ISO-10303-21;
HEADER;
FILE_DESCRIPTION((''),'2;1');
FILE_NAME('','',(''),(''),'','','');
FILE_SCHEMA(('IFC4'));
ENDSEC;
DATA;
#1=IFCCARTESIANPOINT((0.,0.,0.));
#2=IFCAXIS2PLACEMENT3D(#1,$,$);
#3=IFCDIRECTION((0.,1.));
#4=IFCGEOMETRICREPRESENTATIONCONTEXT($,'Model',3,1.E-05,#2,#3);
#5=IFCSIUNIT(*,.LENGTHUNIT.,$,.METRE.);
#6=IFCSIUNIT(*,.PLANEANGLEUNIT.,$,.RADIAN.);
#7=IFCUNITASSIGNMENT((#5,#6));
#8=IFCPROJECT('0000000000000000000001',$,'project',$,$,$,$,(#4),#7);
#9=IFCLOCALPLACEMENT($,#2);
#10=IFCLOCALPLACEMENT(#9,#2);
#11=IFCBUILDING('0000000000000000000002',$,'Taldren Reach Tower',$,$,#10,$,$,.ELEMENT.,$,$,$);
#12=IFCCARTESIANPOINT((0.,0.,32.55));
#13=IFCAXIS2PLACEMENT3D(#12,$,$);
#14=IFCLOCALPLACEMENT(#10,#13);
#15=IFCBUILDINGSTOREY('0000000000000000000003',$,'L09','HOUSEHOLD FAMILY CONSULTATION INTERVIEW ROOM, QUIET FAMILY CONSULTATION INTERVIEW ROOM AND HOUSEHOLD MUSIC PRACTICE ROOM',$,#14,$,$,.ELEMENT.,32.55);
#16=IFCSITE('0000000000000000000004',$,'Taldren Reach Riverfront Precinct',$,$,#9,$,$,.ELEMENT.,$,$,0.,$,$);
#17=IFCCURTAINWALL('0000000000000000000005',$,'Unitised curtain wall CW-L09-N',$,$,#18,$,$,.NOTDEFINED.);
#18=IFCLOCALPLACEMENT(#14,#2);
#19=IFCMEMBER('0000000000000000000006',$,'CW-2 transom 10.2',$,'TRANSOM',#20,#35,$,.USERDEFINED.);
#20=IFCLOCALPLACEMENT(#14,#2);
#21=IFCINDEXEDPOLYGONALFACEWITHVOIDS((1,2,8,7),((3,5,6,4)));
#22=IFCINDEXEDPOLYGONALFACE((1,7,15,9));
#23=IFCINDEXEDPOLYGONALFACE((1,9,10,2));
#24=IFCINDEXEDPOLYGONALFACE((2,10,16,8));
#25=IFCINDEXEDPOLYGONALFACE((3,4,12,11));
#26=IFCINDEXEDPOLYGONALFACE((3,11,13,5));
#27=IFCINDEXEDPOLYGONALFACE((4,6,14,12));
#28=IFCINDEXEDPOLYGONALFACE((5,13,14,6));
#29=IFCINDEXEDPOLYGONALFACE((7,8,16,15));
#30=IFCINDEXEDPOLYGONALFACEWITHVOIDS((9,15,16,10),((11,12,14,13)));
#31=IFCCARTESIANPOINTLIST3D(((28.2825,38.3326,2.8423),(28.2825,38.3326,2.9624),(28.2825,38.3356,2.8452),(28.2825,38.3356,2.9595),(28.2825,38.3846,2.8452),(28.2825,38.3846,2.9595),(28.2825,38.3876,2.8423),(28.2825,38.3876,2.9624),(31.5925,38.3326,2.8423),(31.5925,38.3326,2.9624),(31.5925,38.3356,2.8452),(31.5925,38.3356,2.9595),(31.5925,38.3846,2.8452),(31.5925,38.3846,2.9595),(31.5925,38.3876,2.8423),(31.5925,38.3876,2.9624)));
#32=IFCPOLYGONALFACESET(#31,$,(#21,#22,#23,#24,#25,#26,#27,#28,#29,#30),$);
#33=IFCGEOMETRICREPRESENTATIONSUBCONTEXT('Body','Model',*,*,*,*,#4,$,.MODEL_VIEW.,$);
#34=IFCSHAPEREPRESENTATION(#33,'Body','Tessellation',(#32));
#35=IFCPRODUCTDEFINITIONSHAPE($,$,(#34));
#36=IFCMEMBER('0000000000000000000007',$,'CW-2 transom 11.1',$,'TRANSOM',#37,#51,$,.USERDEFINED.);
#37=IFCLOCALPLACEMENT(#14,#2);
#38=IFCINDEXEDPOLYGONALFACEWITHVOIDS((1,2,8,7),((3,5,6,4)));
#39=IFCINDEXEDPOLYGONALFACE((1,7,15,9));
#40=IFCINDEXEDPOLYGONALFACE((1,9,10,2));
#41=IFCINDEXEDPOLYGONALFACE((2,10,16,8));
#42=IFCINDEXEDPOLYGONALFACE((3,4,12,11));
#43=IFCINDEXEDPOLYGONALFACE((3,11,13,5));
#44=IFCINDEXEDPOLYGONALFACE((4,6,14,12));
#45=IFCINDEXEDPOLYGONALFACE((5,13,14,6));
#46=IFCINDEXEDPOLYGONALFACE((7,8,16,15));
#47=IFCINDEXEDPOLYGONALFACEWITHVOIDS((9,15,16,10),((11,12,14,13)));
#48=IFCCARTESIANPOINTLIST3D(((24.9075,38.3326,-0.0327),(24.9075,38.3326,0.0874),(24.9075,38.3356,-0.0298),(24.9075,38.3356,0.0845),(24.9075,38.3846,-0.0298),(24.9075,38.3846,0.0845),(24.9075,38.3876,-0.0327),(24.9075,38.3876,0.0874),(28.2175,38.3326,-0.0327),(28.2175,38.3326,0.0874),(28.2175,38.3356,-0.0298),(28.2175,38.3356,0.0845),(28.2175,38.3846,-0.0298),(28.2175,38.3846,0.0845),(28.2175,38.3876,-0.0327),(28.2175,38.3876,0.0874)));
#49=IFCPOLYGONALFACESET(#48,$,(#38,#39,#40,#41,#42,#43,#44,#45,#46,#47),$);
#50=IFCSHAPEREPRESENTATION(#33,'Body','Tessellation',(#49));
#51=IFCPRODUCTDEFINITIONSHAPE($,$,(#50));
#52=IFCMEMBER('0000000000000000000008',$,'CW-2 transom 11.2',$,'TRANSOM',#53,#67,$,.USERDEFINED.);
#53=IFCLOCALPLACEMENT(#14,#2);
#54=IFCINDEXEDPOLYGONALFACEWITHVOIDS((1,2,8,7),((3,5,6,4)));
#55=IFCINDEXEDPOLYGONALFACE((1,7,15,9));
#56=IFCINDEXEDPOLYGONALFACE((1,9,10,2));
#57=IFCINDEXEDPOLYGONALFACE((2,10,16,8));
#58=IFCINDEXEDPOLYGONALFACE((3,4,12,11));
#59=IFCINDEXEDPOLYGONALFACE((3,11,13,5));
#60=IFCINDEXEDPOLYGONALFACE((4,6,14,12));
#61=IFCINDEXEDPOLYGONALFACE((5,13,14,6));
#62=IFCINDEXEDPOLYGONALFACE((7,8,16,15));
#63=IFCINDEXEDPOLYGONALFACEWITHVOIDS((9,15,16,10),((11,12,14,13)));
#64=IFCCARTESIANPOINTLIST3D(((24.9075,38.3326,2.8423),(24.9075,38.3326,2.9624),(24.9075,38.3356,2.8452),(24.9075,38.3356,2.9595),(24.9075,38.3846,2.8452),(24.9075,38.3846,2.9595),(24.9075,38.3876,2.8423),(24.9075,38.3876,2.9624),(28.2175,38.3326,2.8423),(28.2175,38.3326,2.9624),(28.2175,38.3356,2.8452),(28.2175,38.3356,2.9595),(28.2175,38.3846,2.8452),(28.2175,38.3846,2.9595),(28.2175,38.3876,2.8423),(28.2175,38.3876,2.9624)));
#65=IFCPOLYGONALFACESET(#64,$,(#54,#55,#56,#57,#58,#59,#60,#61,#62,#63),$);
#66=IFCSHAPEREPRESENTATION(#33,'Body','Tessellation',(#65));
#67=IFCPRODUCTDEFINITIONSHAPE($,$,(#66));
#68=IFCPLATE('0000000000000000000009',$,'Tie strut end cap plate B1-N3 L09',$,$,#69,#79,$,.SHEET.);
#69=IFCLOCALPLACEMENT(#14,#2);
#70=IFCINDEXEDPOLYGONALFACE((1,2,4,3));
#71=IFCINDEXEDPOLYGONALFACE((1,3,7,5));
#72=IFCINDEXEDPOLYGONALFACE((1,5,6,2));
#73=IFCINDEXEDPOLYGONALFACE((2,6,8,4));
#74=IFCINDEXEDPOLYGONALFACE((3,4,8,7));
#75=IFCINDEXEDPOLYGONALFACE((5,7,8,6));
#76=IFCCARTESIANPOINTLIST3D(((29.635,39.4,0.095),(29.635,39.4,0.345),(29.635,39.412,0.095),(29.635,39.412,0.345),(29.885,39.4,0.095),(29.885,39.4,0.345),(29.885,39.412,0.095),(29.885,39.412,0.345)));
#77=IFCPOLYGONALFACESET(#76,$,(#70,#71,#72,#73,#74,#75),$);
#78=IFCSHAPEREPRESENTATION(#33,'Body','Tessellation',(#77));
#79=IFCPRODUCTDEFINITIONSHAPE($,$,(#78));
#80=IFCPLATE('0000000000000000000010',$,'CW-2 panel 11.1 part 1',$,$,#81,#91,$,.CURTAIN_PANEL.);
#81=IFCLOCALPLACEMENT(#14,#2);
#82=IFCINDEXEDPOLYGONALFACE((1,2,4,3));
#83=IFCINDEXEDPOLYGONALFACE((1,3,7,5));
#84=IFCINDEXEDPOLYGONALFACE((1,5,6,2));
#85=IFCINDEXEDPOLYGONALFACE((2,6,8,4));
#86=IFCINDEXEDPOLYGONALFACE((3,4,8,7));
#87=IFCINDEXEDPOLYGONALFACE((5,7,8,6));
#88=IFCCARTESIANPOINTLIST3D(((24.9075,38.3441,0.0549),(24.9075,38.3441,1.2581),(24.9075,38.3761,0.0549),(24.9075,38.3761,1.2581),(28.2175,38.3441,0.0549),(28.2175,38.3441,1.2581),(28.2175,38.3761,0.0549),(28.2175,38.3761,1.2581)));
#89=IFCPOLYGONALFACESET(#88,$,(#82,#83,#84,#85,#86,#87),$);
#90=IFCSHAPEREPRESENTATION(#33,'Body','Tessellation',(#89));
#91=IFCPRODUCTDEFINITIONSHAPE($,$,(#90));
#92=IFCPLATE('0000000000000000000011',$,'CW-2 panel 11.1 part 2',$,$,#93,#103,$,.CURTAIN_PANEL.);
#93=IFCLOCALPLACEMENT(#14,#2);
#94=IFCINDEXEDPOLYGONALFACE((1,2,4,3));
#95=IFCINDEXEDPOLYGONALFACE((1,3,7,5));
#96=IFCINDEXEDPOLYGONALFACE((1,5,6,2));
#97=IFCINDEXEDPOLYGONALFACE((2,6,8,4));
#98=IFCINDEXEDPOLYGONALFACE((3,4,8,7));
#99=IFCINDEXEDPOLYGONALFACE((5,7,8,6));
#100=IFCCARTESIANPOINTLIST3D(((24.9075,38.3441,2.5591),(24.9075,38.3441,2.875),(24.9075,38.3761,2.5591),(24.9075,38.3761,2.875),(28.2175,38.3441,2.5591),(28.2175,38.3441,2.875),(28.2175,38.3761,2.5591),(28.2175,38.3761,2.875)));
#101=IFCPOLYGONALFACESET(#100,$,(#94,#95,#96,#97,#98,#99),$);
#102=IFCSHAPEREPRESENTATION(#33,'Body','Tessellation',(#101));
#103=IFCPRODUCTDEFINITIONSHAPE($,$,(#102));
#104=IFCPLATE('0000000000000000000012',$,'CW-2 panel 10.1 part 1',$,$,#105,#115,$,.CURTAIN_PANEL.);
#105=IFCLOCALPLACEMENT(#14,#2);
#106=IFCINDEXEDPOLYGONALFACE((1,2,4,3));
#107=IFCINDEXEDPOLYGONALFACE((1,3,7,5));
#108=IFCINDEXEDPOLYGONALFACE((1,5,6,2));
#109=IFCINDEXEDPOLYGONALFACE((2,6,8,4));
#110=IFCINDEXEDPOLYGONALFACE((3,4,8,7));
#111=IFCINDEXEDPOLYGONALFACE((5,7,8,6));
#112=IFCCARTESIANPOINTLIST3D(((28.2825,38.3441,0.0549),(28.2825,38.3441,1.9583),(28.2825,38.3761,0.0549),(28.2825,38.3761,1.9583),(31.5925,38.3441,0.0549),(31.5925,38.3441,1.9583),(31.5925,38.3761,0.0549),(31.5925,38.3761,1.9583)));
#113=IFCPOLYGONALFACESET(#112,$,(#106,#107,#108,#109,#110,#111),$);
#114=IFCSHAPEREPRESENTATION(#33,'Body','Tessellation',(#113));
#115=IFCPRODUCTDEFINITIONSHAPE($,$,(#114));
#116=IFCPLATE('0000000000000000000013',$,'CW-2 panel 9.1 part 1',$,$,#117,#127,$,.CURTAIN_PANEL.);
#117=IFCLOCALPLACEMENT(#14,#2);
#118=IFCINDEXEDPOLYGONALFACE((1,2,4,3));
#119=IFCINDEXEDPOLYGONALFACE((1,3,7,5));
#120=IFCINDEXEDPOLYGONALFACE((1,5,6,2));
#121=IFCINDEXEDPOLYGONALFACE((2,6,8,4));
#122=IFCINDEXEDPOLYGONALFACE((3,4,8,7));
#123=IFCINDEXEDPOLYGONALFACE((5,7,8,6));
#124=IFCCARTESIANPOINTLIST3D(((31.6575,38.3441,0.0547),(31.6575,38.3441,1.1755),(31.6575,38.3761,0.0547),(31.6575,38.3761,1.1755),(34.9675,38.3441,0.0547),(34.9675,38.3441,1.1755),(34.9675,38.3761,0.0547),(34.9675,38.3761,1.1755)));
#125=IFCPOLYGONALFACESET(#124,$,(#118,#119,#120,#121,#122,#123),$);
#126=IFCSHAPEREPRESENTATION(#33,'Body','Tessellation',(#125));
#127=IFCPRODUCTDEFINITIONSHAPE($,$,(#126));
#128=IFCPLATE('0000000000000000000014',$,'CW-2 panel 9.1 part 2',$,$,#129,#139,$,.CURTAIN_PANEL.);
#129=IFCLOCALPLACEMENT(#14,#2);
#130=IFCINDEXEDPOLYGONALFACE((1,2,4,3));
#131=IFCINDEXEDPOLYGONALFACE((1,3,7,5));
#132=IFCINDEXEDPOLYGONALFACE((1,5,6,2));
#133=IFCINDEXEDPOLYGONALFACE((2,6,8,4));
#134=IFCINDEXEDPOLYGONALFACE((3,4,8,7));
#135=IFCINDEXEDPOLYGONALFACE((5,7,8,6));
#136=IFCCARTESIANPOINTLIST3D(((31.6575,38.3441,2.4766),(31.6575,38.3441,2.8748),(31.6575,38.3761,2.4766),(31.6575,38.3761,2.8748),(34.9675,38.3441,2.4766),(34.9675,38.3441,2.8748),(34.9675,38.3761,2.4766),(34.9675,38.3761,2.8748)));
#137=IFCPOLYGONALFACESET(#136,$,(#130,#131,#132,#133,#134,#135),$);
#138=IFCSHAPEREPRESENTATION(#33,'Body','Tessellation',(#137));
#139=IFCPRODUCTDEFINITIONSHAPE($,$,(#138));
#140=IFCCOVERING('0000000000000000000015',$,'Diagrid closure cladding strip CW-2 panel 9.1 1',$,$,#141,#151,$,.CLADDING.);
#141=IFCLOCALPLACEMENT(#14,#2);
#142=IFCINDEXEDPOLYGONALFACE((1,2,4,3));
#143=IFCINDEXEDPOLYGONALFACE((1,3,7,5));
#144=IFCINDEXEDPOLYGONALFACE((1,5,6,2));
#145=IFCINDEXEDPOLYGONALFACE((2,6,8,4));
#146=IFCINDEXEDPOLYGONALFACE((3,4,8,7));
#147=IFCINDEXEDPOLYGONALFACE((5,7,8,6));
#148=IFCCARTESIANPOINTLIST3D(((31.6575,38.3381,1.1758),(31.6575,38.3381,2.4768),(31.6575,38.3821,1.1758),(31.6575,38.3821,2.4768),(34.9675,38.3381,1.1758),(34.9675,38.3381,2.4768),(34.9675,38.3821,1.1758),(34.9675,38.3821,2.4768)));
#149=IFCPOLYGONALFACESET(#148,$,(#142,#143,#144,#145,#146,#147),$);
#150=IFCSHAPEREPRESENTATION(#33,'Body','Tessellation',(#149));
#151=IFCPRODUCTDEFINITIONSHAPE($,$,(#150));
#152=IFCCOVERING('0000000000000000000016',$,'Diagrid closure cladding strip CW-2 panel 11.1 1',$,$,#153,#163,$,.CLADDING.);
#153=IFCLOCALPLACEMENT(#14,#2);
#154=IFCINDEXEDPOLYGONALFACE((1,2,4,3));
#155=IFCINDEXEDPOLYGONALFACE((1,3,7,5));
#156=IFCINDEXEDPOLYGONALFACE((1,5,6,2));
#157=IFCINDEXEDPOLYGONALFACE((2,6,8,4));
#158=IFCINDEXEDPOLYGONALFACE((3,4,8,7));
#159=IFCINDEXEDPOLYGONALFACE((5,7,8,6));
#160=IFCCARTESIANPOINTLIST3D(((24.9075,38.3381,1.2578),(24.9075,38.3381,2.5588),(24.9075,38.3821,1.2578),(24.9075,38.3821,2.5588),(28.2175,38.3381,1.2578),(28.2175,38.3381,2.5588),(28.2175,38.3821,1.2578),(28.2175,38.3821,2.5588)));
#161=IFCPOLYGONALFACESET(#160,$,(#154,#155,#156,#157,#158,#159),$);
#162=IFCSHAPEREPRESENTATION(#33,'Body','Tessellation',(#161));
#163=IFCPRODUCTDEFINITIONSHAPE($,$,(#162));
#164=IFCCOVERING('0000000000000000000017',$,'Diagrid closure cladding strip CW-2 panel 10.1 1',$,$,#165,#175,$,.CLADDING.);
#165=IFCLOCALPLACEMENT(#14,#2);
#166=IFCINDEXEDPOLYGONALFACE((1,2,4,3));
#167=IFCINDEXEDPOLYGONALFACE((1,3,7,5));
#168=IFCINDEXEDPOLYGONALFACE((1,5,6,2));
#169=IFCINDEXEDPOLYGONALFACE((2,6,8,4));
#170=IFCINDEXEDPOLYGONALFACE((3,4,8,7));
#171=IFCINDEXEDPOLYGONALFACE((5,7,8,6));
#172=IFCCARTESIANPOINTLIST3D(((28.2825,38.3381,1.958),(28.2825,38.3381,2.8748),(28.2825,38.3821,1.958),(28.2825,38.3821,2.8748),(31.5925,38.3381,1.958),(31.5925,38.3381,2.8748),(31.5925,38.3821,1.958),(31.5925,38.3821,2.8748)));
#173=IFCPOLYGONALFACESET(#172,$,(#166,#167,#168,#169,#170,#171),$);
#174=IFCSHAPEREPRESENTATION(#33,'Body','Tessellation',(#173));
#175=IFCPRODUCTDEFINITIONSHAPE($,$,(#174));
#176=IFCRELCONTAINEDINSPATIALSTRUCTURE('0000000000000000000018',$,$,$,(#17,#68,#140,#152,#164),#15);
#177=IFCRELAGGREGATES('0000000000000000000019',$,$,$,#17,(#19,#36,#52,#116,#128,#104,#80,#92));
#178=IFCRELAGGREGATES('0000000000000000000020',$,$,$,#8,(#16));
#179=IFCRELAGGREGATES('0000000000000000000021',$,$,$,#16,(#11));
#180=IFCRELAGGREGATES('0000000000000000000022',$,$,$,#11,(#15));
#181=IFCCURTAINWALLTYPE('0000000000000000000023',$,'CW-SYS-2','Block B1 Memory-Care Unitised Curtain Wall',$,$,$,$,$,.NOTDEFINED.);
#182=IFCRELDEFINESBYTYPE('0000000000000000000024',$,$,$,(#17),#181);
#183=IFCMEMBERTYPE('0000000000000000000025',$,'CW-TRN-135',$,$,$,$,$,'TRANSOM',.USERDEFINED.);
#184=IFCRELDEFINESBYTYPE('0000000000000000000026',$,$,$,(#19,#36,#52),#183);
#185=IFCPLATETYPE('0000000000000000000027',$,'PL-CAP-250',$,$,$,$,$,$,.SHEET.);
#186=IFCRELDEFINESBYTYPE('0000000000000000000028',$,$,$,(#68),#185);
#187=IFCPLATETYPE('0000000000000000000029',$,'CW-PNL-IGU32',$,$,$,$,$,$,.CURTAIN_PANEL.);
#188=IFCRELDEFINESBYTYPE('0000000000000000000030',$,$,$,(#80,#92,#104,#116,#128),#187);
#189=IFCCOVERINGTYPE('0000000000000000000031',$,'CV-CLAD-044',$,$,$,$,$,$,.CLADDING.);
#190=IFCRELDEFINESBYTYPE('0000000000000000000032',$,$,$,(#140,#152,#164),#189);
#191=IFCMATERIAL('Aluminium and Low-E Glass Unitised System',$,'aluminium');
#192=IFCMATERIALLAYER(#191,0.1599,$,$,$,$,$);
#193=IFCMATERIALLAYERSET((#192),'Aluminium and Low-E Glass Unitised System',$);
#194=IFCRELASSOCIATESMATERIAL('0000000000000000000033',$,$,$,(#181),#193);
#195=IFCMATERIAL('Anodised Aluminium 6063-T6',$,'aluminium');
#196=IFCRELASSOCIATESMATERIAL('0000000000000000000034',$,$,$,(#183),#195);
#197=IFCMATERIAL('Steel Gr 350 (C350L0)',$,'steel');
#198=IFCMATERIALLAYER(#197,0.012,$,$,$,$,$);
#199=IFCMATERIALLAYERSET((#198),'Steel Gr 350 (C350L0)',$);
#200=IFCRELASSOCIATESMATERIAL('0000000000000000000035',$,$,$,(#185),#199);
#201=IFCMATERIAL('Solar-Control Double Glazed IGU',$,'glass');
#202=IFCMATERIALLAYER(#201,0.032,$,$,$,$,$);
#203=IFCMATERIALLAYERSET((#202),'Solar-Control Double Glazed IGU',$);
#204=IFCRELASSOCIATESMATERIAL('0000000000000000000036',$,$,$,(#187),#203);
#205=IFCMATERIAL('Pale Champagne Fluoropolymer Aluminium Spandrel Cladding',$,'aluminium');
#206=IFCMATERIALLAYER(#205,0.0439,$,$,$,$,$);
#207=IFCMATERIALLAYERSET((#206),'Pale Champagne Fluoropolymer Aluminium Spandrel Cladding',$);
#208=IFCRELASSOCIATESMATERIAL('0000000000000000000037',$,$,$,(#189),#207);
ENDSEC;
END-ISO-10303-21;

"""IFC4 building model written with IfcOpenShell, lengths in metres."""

from ifc_helpers import new_model, si_unit, direction, frame, origin, origin_2d, place, context, subcontext, project, spatial, rectangle, hollow_rectangle, extrude, source, transform, mapped, material, layer, layer_set, material_profile, profile_set, type_object, element, aggregate, save


model = new_model("IFC4")

# Units and contexts
model_context = context("Model", 3, precision=1e-05, world=origin(), true_north=direction((0.0, 1.0)))
body_context = subcontext(model_context, "Body", "Model", "MODEL_VIEW")
ifc_project = project(units=[si_unit("LENGTHUNIT", "METRE"), si_unit("PLANEANGLEUNIT", "RADIAN")], contexts=[model_context])

# Site, building, storey
site_placement = place(None, origin())
site = spatial("IfcSite", under=ifc_project, at=site_placement, Name="Taldren Reach Riverfront Precinct", CompositionType="ELEMENT", RefElevation=0.0)
building_placement = place(site_placement, origin())
building = spatial("IfcBuilding", under=site, at=building_placement, Name="Taldren Reach Tower", CompositionType="ELEMENT")
storey_placement = place(building_placement, frame((0.0, 0.0, 32.55)))
storey = spatial("IfcBuildingStorey", under=building, at=storey_placement, Name="L09", Description="HOUSEHOLD FAMILY CONSULTATION INTERVIEW ROOM, QUIET FAMILY CONSULTATION INTERVIEW ROOM AND HOUSEHOLD MUSIC PRACTICE ROOM", CompositionType="ELEMENT", Elevation=32.55)

# Shared definitions
ifc_material_1 = material(Name="Steel Gr 350 (C350L0)", Category="steel")

# Curtain wall, members
ifc_material_2 = material(Name="Aluminium and Low-E Glass Unitised System", Category="aluminium")
ifc_layer_1 = layer(ifc_material_2, 0.1599)
ifc_layer_set_1 = layer_set([ifc_layer_1], Name="Aluminium and Low-E Glass Unitised System")
curtain_wall_type = type_object("IfcCurtainWallType", Name="CW-SYS-2", Description="Block B1 Memory-Care Unitised Curtain Wall", PredefinedType="NOTDEFINED", material=ifc_layer_set_1)
curtain_wall_placement = place(storey_placement, origin())
curtain_wall = element("IfcCurtainWall", 1, at=curtain_wall_placement, inside=storey, type_object=curtain_wall_type, Name="Unitised curtain wall CW-L09-N", PredefinedType="NOTDEFINED")
ifc_material_3 = material(Name="Anodised Aluminium 6063-T6", Category="aluminium")
ifc_material_profile_1 = material_profile(ifc_material_3, hollow_rectangle(XDim=0.0549, YDim=0.1201, WallThickness=0.0029, at=origin_2d()), Name="ALU-120x55x3RHS")
ifc_profile_set_1 = profile_set([ifc_material_profile_1], Name="Anodised Aluminium 6063-T6")
member_type_1 = type_object("IfcMemberType", Name="CW-TRN-135", ElementType="TRANSOM", PredefinedType="USERDEFINED", material=ifc_profile_set_1)
shared_shape_1 = source(origin(), body_context, "Body", "SweptSolid", [
    extrude(hollow_rectangle(XDim=0.0549, YDim=0.1201, WallThickness=0.0029, at=origin_2d()), origin(), (0.0, 0.0, 1.0), 3.3101),
])
member_1_placement = place(storey_placement, frame((31.5925, 38.3601, 2.9023), z_axis=(-1.0, 0.0, 0.0), x_axis=(0.0, -1.0, 0.0)))
member_1 = element("IfcMember", 2, at=member_1_placement, type_object=member_type_1, Name="CW-2 transom 10.2", ObjectType="TRANSOM", PredefinedType="USERDEFINED", context=body_context, shape_type="MappedRepresentation", body=[
    mapped(shared_shape_1, transform((0.0, 0.0, 0.0), scale=1.0)),
])
member_2_placement = place(storey_placement, frame((28.2175, 38.3601, 0.0273), z_axis=(-1.0, 0.0, 0.0), x_axis=(0.0, -1.0, 0.0)))
member_2 = element("IfcMember", 3, at=member_2_placement, type_object=member_type_1, Name="CW-2 transom 11.1", ObjectType="TRANSOM", PredefinedType="USERDEFINED", context=body_context, shape_type="MappedRepresentation", body=[
    mapped(shared_shape_1, transform((0.0, 0.0, 0.0), scale=1.0)),
])
member_3_placement = place(storey_placement, frame((28.2175, 38.3601, 2.9023), z_axis=(-1.0, 0.0, 0.0), x_axis=(0.0, -1.0, 0.0)))
member_3 = element("IfcMember", 4, at=member_3_placement, type_object=member_type_1, Name="CW-2 transom 11.2", ObjectType="TRANSOM", PredefinedType="USERDEFINED", context=body_context, shape_type="MappedRepresentation", body=[
    mapped(shared_shape_1, transform((0.0, 0.0, 0.0), scale=1.0)),
])

# Plates
ifc_layer_2 = layer(ifc_material_1, 0.012)
ifc_layer_set_2 = layer_set([ifc_layer_2], Name="Steel Gr 350 (C350L0)")
plate_type_1 = type_object("IfcPlateType", Name="PL-CAP-250", PredefinedType="SHEET", material=ifc_layer_set_2)
shared_shape_2 = source(origin(), body_context, "Body", "SweptSolid", [
    extrude(rectangle(XDim=0.25, YDim=0.012, at=origin_2d()), origin(), (0.0, 0.0, 1.0), 0.25),
])
plate_1_placement = place(storey_placement, frame((29.76, 39.406, 0.095), z_axis=(0.0, 0.0, 1.0), x_axis=(1.0, 0.0, 0.0)))
element("IfcPlate", 5, at=plate_1_placement, inside=storey, type_object=plate_type_1, Name="Tie strut end cap plate B1-N3 L09", PredefinedType="SHEET", context=body_context, shape_type="MappedRepresentation", body=[
    mapped(shared_shape_2, transform((0.0, 0.0, 0.0), scale=1.0)),
])
ifc_material_4 = material(Name="Solar-Control Double Glazed IGU", Category="glass")
ifc_layer_3 = layer(ifc_material_4, 0.032)
ifc_layer_set_3 = layer_set([ifc_layer_3], Name="Solar-Control Double Glazed IGU")
plate_type_2 = type_object("IfcPlateType", Name="CW-PNL-IGU32", PredefinedType="CURTAIN_PANEL", material=ifc_layer_set_3)
shared_shape_3 = source(origin(), body_context, "Body", "SweptSolid", [
    extrude(rectangle(XDim=3.3101, YDim=0.032, at=origin_2d()), origin(), (0.0, 0.0, 1.0), 1.2031),
])
plate_2_placement = place(storey_placement, frame((26.5625, 38.3601, 0.0549), z_axis=(0.0, 0.0, 1.0), x_axis=(-1.0, 0.0, 0.0)))
plate_2 = element("IfcPlate", 6, at=plate_2_placement, type_object=plate_type_2, Name="CW-2 panel 11.1 part 1", PredefinedType="CURTAIN_PANEL", context=body_context, shape_type="MappedRepresentation", body=[
    mapped(shared_shape_3, transform((0.0, 0.0, 0.0), scale=1.0)),
])
shared_shape_4 = source(origin(), body_context, "Body", "SweptSolid", [
    extrude(rectangle(XDim=3.3101, YDim=0.032, at=origin_2d()), origin(), (0.0, 0.0, 1.0), 0.3159),
])
plate_3_placement = place(storey_placement, frame((26.5625, 38.3601, 2.5591), z_axis=(0.0, 0.0, 1.0), x_axis=(-1.0, 0.0, 0.0)))
plate_3 = element("IfcPlate", 7, at=plate_3_placement, type_object=plate_type_2, Name="CW-2 panel 11.1 part 2", PredefinedType="CURTAIN_PANEL", context=body_context, shape_type="MappedRepresentation", body=[
    mapped(shared_shape_4, transform((0.0, 0.0, 0.0), scale=1.0)),
])
shared_shape_5 = source(origin(), body_context, "Body", "SweptSolid", [
    extrude(rectangle(XDim=3.3101, YDim=0.032, at=origin_2d()), origin(), (0.0, 0.0, 1.0), 1.9033),
])
plate_4_placement = place(storey_placement, frame((29.9375, 38.3601, 0.0549), z_axis=(0.0, 0.0, 1.0), x_axis=(-1.0, 0.0, 0.0)))
plate_4 = element("IfcPlate", 8, at=plate_4_placement, type_object=plate_type_2, Name="CW-2 panel 10.1 part 1", PredefinedType="CURTAIN_PANEL", context=body_context, shape_type="MappedRepresentation", body=[
    mapped(shared_shape_5, transform((0.0, 0.0, 0.0), scale=1.0)),
])
shared_shape_6 = source(origin(), body_context, "Body", "SweptSolid", [
    extrude(rectangle(XDim=3.3101, YDim=0.032, at=origin_2d()), origin(), (0.0, 0.0, 1.0), 1.1208),
])
plate_5_placement = place(storey_placement, frame((33.3125, 38.3601, 0.0547), z_axis=(0.0, 0.0, 1.0), x_axis=(-1.0, 0.0, 0.0)))
plate_5 = element("IfcPlate", 9, at=plate_5_placement, type_object=plate_type_2, Name="CW-2 panel 9.1 part 1", PredefinedType="CURTAIN_PANEL", context=body_context, shape_type="MappedRepresentation", body=[
    mapped(shared_shape_6, transform((0.0, 0.0, 0.0), scale=1.0)),
])
shared_shape_7 = source(origin(), body_context, "Body", "SweptSolid", [
    extrude(rectangle(XDim=3.3101, YDim=0.032, at=origin_2d()), origin(), (0.0, 0.0, 1.0), 0.3982),
])
plate_6_placement = place(storey_placement, frame((33.3125, 38.3601, 2.4766), z_axis=(0.0, 0.0, 1.0), x_axis=(-1.0, 0.0, 0.0)))
plate_6 = element("IfcPlate", 10, at=plate_6_placement, type_object=plate_type_2, Name="CW-2 panel 9.1 part 2", PredefinedType="CURTAIN_PANEL", context=body_context, shape_type="MappedRepresentation", body=[
    mapped(shared_shape_7, transform((0.0, 0.0, 0.0), scale=1.0)),
])
aggregate(curtain_wall, [member_1, member_2, member_3, plate_5, plate_6, plate_4, plate_2, plate_3])

# Coverings
ifc_material_5 = material(Name="Pale Champagne Fluoropolymer Aluminium Spandrel Cladding", Category="aluminium")
ifc_layer_4 = layer(ifc_material_5, 0.0439)
ifc_layer_set_4 = layer_set([ifc_layer_4], Name="Pale Champagne Fluoropolymer Aluminium Spandrel Cladding")
covering_type = type_object("IfcCoveringType", Name="CV-CLAD-044", PredefinedType="CLADDING", material=ifc_layer_set_4)
shared_shape_8 = source(origin(), body_context, "Body", "SweptSolid", [
    extrude(rectangle(XDim=3.3101, YDim=0.0439, at=origin_2d()), origin(), (0.0, 0.0, 1.0), 1.301),
])
for number, where, z_axis, x_axis, name in (
    (11, (33.3125, 38.3601, 1.1758), (0.0, 0.0, 1.0), (-1.0, 0.0, 0.0), "Diagrid closure cladding strip CW-2 panel 9.1 1"),
    (12, (26.5625, 38.3601, 1.2578), (0.0, 0.0, 1.0), (-1.0, 0.0, 0.0), "Diagrid closure cladding strip CW-2 panel 11.1 1"),
):
    element("IfcCovering", number, at=place(storey_placement, frame(where, z_axis=z_axis, x_axis=x_axis)), inside=storey, type_object=covering_type, Name=name, PredefinedType="CLADDING", context=body_context, shape_type="MappedRepresentation", body=[
        mapped(shared_shape_8, transform((0.0, 0.0, 0.0), scale=1.0)),
    ])
shared_shape_9 = source(origin(), body_context, "Body", "SweptSolid", [
    extrude(rectangle(XDim=3.3101, YDim=0.0439, at=origin_2d()), origin(), (0.0, 0.0, 1.0), 0.9167),
])
covering_placement = place(storey_placement, frame((29.9375, 38.3601, 1.958), z_axis=(0.0, 0.0, 1.0), x_axis=(-1.0, 0.0, 0.0)))
element("IfcCovering", 13, at=covering_placement, inside=storey, type_object=covering_type, Name="Diagrid closure cladding strip CW-2 panel 10.1 1", PredefinedType="CLADDING", context=body_context, shape_type="MappedRepresentation", body=[
    mapped(shared_shape_9, transform((0.0, 0.0, 0.0), scale=1.0)),
])

save(model, "model.ifc")
